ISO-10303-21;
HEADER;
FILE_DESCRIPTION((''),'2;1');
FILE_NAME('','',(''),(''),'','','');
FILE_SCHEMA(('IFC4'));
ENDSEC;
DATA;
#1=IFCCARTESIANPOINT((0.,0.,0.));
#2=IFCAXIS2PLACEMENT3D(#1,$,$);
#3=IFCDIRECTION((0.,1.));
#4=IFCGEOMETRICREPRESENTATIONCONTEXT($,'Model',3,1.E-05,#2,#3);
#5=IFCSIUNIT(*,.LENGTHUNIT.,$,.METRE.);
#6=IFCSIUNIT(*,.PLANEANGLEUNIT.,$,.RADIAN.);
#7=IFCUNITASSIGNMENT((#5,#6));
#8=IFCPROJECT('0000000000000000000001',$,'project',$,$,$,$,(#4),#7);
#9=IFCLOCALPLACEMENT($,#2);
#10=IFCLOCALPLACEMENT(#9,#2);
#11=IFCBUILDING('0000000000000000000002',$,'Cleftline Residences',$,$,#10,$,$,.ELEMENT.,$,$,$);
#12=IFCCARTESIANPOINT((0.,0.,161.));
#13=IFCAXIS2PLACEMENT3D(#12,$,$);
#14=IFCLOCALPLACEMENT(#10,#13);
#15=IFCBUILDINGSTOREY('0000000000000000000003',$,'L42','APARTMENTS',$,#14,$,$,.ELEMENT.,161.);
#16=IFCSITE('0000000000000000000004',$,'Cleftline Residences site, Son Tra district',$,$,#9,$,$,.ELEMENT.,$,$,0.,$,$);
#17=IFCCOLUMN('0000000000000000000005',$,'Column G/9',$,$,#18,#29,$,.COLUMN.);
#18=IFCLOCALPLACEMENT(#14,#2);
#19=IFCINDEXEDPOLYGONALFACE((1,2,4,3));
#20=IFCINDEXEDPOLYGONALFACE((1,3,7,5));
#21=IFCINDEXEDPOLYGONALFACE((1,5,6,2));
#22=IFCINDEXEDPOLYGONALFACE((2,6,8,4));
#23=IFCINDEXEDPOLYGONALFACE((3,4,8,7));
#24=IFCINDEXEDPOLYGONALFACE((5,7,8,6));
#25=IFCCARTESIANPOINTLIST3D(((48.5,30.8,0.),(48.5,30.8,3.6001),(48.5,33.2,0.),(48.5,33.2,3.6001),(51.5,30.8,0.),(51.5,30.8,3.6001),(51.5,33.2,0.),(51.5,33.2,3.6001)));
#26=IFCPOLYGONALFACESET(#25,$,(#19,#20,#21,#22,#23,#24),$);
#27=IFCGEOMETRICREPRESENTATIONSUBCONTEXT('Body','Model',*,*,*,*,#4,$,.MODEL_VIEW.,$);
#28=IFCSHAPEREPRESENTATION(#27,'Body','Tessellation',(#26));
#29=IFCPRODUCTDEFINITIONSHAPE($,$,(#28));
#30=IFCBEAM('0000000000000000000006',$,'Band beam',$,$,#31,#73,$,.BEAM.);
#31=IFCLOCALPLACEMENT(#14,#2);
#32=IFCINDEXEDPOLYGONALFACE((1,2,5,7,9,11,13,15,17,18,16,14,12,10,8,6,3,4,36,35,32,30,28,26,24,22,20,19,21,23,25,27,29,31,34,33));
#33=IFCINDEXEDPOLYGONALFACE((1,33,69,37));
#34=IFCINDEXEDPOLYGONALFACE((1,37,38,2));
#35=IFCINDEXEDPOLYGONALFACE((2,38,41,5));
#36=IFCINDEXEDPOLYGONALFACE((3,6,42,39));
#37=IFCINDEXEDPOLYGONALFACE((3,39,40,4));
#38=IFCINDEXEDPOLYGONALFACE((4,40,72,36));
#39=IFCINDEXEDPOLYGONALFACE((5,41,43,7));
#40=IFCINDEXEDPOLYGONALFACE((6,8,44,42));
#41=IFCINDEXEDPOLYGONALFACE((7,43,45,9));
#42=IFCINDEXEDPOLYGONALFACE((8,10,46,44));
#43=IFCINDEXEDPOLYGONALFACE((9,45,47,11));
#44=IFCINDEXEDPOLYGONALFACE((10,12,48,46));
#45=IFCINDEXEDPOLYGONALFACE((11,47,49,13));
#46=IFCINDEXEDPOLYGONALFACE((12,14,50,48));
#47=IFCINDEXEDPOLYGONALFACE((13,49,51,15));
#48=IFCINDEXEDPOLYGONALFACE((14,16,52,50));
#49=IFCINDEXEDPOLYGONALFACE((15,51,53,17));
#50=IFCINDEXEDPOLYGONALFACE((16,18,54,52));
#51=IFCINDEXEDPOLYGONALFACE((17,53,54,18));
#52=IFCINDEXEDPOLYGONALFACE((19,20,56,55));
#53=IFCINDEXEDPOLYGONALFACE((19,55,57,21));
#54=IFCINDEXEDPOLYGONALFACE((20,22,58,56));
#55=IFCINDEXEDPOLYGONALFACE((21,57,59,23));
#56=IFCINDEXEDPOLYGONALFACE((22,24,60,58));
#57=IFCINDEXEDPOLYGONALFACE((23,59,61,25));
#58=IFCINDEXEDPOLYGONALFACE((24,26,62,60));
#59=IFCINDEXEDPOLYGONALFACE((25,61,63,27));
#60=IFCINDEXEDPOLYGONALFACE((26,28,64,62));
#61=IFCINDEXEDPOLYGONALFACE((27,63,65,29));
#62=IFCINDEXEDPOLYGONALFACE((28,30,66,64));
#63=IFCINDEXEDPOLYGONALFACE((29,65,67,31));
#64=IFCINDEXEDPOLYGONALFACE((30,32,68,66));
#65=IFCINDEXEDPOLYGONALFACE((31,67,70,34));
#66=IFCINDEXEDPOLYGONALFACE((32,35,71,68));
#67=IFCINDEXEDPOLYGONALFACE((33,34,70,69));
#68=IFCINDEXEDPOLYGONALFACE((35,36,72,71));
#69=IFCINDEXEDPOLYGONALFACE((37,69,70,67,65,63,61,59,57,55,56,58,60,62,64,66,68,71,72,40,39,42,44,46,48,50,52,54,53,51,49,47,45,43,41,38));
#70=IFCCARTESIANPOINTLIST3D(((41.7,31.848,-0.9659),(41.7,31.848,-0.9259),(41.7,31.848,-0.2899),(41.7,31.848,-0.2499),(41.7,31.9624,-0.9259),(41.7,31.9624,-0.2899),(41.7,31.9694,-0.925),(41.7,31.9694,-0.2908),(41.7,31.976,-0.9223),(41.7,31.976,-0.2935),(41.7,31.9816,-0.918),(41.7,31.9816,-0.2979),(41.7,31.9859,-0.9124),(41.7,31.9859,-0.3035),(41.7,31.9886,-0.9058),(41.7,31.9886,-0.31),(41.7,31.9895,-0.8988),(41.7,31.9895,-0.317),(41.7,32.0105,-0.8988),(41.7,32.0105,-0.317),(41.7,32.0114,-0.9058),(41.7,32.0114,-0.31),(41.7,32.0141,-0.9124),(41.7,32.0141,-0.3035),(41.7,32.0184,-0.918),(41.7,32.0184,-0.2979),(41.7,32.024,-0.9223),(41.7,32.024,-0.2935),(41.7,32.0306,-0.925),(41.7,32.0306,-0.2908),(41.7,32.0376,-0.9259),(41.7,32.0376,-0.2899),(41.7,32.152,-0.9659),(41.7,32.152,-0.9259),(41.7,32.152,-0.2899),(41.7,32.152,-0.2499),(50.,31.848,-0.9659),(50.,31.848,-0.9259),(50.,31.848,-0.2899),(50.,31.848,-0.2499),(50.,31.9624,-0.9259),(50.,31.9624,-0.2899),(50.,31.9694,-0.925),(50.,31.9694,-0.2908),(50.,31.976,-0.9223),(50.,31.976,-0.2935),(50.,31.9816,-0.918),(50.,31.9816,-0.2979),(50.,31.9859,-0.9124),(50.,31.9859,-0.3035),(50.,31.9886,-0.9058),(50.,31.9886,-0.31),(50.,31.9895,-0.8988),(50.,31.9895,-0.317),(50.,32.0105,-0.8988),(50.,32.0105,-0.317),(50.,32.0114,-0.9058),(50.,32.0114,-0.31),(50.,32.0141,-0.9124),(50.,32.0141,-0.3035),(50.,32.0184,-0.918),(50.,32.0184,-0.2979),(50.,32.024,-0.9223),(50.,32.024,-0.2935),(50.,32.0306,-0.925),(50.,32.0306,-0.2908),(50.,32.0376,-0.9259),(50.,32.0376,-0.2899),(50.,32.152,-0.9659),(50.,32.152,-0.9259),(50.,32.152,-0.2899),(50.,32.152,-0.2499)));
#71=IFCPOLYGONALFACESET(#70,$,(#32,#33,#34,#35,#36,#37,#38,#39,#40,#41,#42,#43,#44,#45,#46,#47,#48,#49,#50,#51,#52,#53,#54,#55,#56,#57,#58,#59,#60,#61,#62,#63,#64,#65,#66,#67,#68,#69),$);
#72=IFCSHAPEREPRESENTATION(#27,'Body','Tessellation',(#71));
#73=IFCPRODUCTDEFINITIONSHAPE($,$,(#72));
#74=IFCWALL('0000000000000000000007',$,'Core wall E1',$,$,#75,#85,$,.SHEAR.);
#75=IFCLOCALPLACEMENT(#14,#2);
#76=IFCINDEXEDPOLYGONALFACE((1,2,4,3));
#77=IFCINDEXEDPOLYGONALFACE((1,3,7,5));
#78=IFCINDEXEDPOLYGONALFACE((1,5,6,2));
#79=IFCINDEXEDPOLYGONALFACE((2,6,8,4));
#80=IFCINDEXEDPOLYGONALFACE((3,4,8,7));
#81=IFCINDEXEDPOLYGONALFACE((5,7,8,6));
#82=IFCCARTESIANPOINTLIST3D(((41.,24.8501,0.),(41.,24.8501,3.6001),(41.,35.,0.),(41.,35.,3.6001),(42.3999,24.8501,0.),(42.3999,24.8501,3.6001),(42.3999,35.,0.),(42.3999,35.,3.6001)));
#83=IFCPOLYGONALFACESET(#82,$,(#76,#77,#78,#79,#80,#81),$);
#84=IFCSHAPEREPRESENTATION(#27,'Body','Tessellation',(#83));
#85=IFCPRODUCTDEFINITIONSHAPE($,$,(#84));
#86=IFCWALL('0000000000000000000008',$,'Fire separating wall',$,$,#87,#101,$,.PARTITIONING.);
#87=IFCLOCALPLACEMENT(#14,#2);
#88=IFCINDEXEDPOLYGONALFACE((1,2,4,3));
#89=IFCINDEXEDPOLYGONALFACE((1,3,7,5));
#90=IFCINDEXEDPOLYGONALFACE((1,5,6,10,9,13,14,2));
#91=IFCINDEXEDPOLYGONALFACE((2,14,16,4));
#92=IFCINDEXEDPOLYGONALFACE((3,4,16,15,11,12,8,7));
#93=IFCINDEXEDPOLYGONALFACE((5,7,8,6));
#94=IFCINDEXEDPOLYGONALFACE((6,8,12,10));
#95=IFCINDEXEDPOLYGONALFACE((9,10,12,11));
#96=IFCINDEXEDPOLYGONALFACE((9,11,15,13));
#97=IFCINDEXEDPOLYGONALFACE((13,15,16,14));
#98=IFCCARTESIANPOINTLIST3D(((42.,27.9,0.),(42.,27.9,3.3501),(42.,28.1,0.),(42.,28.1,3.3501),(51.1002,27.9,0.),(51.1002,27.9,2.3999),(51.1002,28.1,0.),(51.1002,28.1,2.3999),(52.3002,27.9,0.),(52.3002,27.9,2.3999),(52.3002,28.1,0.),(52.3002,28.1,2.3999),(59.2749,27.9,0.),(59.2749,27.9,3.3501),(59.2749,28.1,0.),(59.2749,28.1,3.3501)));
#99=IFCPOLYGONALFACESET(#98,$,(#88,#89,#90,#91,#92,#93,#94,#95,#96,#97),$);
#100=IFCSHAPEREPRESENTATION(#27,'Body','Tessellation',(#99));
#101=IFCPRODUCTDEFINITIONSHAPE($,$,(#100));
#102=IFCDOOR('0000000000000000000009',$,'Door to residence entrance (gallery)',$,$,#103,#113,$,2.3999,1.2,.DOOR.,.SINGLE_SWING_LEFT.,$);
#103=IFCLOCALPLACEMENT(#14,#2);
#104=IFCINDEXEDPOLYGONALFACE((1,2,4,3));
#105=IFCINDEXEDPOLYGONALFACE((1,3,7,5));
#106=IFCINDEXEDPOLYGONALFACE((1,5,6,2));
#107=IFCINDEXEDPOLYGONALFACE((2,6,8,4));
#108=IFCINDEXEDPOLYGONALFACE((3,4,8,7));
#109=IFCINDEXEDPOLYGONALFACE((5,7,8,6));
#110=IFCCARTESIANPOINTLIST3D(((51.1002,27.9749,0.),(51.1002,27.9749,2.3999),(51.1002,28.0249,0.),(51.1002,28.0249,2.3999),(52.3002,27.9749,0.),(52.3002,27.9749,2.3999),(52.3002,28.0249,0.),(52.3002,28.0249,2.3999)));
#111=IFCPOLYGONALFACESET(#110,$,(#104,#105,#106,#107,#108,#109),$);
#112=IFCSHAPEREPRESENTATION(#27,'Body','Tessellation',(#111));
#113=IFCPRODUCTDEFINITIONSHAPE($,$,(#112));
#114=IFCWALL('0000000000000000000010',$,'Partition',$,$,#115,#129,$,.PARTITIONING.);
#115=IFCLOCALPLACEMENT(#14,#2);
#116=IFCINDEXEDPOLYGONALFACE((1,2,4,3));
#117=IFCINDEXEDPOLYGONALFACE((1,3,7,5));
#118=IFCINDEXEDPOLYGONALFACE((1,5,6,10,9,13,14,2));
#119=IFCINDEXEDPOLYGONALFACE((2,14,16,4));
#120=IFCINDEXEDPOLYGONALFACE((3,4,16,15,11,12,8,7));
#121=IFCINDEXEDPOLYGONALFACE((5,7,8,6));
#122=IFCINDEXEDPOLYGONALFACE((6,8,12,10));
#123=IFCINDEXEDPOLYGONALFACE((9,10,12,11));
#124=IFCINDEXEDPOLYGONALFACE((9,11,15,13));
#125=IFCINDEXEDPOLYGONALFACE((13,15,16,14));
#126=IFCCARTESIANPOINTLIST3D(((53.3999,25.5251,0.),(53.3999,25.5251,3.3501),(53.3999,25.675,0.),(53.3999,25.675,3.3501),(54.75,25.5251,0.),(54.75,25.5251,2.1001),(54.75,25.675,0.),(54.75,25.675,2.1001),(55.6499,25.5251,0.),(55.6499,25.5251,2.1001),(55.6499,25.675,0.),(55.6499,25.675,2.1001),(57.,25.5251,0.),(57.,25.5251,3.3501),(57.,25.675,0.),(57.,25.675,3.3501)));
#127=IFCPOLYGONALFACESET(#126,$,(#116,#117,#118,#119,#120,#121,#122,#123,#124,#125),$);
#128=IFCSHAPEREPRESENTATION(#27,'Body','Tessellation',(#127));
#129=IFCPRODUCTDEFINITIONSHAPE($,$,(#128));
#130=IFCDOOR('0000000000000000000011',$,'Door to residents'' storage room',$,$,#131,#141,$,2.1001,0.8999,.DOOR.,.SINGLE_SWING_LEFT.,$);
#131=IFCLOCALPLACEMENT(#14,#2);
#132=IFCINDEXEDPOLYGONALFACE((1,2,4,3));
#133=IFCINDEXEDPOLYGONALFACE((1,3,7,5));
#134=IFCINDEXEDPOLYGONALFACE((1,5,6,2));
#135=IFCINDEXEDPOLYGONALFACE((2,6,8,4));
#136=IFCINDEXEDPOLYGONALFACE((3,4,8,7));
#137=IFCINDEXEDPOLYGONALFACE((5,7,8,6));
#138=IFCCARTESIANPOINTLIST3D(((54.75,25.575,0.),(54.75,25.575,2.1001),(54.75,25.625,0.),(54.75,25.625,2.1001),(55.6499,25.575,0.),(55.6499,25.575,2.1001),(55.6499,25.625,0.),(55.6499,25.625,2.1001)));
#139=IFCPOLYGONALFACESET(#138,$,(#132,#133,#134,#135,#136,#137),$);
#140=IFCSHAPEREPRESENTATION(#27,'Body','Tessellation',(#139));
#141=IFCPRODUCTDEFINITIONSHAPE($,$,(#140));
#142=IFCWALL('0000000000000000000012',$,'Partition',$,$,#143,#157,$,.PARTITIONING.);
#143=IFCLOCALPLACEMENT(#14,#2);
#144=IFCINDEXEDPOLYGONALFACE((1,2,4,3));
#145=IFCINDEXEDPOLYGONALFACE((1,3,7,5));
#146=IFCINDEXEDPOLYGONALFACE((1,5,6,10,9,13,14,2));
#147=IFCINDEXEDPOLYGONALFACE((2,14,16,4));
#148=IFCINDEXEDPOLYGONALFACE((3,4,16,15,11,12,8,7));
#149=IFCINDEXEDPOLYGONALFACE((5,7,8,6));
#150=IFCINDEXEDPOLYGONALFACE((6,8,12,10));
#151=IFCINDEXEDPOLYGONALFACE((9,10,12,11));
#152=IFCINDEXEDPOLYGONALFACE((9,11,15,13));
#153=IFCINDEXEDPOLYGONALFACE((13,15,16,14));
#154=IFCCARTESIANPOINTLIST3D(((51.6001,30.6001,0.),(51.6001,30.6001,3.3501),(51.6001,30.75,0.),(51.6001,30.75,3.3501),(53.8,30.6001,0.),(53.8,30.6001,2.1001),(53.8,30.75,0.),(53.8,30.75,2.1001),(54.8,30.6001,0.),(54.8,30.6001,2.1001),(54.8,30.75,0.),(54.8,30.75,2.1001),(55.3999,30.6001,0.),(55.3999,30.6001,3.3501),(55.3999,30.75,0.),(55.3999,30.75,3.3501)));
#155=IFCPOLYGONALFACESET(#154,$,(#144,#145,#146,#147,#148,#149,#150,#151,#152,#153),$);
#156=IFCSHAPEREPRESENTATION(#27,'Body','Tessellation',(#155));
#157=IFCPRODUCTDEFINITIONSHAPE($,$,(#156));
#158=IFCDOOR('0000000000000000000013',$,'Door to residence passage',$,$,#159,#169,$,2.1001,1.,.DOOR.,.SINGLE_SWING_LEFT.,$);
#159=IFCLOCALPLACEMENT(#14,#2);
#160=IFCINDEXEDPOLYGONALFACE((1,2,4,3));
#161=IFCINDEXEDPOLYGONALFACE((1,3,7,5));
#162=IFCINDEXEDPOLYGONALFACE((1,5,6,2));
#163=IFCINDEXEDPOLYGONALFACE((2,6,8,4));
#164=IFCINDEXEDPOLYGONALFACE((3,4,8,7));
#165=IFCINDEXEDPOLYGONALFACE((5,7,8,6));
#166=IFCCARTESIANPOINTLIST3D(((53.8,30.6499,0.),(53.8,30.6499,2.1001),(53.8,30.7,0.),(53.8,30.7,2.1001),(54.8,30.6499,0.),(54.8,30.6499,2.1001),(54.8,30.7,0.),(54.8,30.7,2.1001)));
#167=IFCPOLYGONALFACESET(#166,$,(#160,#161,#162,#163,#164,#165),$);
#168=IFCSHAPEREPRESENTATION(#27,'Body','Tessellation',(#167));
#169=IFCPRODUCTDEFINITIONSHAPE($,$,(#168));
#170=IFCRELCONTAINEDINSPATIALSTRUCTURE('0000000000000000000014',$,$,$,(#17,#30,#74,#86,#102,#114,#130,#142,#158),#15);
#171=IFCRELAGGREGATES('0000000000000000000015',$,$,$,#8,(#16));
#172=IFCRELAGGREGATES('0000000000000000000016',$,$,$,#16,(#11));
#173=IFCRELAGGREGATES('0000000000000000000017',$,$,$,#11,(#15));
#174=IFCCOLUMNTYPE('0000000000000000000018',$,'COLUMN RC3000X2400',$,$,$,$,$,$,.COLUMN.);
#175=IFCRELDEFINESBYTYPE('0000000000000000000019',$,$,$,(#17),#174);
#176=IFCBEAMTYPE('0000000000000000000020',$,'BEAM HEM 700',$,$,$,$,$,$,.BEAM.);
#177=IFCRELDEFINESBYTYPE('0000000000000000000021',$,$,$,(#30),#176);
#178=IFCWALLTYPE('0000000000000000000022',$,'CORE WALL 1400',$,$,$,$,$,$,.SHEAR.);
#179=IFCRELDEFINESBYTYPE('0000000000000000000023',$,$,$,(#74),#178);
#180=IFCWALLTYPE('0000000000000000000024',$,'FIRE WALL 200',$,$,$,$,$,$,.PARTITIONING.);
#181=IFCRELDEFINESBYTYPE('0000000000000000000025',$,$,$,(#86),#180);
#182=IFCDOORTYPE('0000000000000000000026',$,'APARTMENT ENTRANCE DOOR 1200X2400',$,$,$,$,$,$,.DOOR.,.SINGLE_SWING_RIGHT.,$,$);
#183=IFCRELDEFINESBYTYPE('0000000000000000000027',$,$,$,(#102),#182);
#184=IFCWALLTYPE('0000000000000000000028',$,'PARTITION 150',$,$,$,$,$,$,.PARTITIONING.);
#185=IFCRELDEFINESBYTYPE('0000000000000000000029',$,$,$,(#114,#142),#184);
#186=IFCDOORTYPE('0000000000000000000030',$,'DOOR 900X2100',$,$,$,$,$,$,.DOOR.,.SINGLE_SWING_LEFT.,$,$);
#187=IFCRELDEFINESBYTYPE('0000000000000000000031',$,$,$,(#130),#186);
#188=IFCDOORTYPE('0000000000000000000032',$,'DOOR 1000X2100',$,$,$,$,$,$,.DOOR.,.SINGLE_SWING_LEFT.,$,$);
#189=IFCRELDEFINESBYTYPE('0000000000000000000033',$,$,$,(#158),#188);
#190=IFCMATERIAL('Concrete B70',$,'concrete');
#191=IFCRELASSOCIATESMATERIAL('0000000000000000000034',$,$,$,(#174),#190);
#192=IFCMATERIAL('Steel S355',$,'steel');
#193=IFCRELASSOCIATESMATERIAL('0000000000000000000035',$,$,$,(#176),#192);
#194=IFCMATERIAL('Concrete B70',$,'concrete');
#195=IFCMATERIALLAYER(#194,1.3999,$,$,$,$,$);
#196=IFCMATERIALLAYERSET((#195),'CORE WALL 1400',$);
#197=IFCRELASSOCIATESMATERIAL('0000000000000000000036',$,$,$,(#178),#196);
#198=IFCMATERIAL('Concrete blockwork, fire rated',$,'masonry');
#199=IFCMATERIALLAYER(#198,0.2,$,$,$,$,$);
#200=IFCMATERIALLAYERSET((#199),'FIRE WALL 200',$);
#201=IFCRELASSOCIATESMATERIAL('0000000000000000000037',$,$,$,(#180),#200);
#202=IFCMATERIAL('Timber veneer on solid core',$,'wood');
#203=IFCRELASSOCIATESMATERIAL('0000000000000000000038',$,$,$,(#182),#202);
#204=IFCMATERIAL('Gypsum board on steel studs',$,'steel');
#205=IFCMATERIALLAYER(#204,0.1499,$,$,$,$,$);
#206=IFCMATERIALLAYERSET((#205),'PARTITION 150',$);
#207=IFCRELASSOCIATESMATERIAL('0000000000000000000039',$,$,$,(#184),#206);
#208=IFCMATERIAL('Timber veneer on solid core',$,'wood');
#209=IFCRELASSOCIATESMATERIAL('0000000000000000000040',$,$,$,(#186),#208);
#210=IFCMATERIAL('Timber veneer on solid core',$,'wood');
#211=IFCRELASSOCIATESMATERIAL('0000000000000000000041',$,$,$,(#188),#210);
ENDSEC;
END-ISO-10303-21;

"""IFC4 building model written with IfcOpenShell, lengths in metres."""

from ifc_helpers import new_model, si_unit, direction, frame, frame_2d, origin, origin_2d, place, context, subcontext, project, spatial, rectangle, i_section, extrude, material, layer, layer_set, material_profile, profile_set, type_object, element, fill, save


model = new_model("IFC4")

# Units and contexts
model_context = context("Model", 3, precision=1e-05, world=origin(), true_north=direction((0.0, 1.0)))
body_context = subcontext(model_context, "Body", "Model", "MODEL_VIEW")
ifc_project = project(units=[si_unit("LENGTHUNIT", "METRE"), si_unit("PLANEANGLEUNIT", "RADIAN")], contexts=[model_context])

# Site, building, storey
site_placement = place(None, origin())
site = spatial("IfcSite", under=ifc_project, at=site_placement, Name="Cleftline Residences site, Son Tra district", CompositionType="ELEMENT", RefElevation=0.0)
building_placement = place(site_placement, origin())
building = spatial("IfcBuilding", under=site, at=building_placement, Name="Cleftline Residences", CompositionType="ELEMENT")
storey_placement = place(building_placement, frame((0.0, 0.0, 161.0)))
storey = spatial("IfcBuildingStorey", under=building, at=storey_placement, Name="L42", Description="APARTMENTS", CompositionType="ELEMENT", Elevation=161.0)

# Column
ifc_material_1 = material(Name="Concrete B70", Category="concrete")
ifc_material_profile_1 = material_profile(ifc_material_1, rectangle(XDim=3.0, YDim=2.3999, at=origin_2d()))
ifc_profile_set_1 = profile_set([ifc_material_profile_1], Name="Concrete B70")
column_type = type_object("IfcColumnType", Name="COLUMN RC3000X2400", PredefinedType="COLUMN", material=ifc_profile_set_1)
column_placement = place(storey_placement, frame((50.0, 32.0, 0.0), z_axis=(0.0, 0.0, 1.0), x_axis=(1.0, 0.0, 0.0)))
element("IfcColumn", 1, at=column_placement, inside=storey, type_object=column_type, Name="Column G/9", PredefinedType="COLUMN", context=body_context, shape_type="SweptSolid", body=[
    extrude(rectangle(XDim=3.0, YDim=2.3999, at=origin_2d()), origin(), (0.0, 0.0, 1.0), 3.6001),
])

# Beam
ifc_material_2 = material(Name="Steel S355", Category="steel")
ifc_material_profile_2 = material_profile(ifc_material_2, i_section(OverallWidth=0.304, OverallDepth=0.7161, WebThickness=0.021, FlangeThickness=0.04, FilletRadius=0.0271, at=origin_2d()))
ifc_profile_set_2 = profile_set([ifc_material_profile_2], Name="Steel S355")
beam_type = type_object("IfcBeamType", Name="BEAM HEM 700", PredefinedType="BEAM", material=ifc_profile_set_2)
beam_placement = place(storey_placement, frame((50.0, 32.0, -0.6079), z_axis=(-1.0, 0.0, 0.0), x_axis=(0.0, -1.0, 0.0)))
element("IfcBeam", 2, at=beam_placement, inside=storey, type_object=beam_type, Name="Band beam", PredefinedType="BEAM", context=body_context, shape_type="SweptSolid", body=[
    extrude(i_section(OverallWidth=0.304, OverallDepth=0.7161, WebThickness=0.021, FlangeThickness=0.04, FilletRadius=0.0271, at=origin_2d()), origin(), (0.0, 0.0, 1.0), 8.3),
])

# Wall
ifc_material_3 = material(Name="Concrete B70", Category="concrete")
ifc_layer_1 = layer(ifc_material_3, 1.3999)
ifc_layer_set_1 = layer_set([ifc_layer_1], Name="CORE WALL 1400")
wall_type_1 = type_object("IfcWallType", Name="CORE WALL 1400", PredefinedType="SHEAR", material=ifc_layer_set_1)
wall_1_placement = place(storey_placement, frame((41.7, 24.8501, 0.0), z_axis=(0.0, 0.0, 1.0), x_axis=(0.0, 1.0, 0.0)))
element("IfcWall", 3, at=wall_1_placement, inside=storey, type_object=wall_type_1, Name="Core wall E1", PredefinedType="SHEAR", context=body_context, shape_type="SweptSolid", body=[
    extrude(rectangle(XDim=10.1499, YDim=1.3999, at=frame_2d((5.075, 0.0))), origin(), (0.0, 0.0, 1.0), 3.6001),
])

# Walls, openings, doors
ifc_material_4 = material(Name="Concrete blockwork, fire rated", Category="masonry")
ifc_layer_2 = layer(ifc_material_4, 0.2)
ifc_layer_set_2 = layer_set([ifc_layer_2], Name="FIRE WALL 200")
wall_type_2 = type_object("IfcWallType", Name="FIRE WALL 200", PredefinedType="PARTITIONING", material=ifc_layer_set_2)
wall_2_placement = place(storey_placement, frame((42.0, 28.0, 0.0), z_axis=(0.0, 0.0, 1.0), x_axis=(1.0, 0.0, 0.0)))
wall_2 = element("IfcWall", 4, at=wall_2_placement, inside=storey, type_object=wall_type_2, Name="Fire separating wall", PredefinedType="PARTITIONING", context=body_context, shape_type="SweptSolid", body=[
    extrude(rectangle(XDim=17.2749, YDim=0.2, at=frame_2d((8.6375, 0.0))), origin(), (0.0, 0.0, 1.0), 3.3501),
])
opening_1_placement = place(wall_2_placement, frame((9.1001, 0.0, 0.0)))
opening_1 = element("IfcOpeningElement", 5, at=opening_1_placement, cuts=wall_2, PredefinedType="OPENING", context=body_context, shape_type="SweptSolid", body=[
    extrude(rectangle(XDim=1.2, YDim=2.3999, at=frame_2d((0.6001, 1.2))), frame((0.0, 0.1099, 0.0), z_axis=(0.0, -1.0, 0.0), x_axis=(1.0, 0.0, 0.0)), (0.0, 0.0, 1.0), 0.22),
])
ifc_material_5 = material(Name="Timber veneer on solid core", Category="wood")
door_type_1 = type_object("IfcDoorType", Name="APARTMENT ENTRANCE DOOR 1200X2400", OperationType="SINGLE_SWING_RIGHT", PredefinedType="DOOR", material=ifc_material_5)
door_1_placement = place(opening_1_placement, origin())
door_1 = element("IfcDoor", 6, at=door_1_placement, inside=storey, type_object=door_type_1, Name="Door to residence entrance (gallery)", OperationType="SINGLE_SWING_LEFT", OverallHeight=2.3999, OverallWidth=1.2, PredefinedType="DOOR", context=body_context, shape_type="SweptSolid", body=[
    extrude(rectangle(XDim=1.2, YDim=2.3999, at=frame_2d((0.6001, 1.2))), frame((0.0, 0.0249, 0.0), z_axis=(0.0, -1.0, 0.0), x_axis=(1.0, 0.0, 0.0)), (0.0, 0.0, 1.0), 0.05),
])
fill(opening_1, door_1)
ifc_material_6 = material(Name="Gypsum board on steel studs", Category="steel")
ifc_layer_3 = layer(ifc_material_6, 0.1499)
ifc_layer_set_3 = layer_set([ifc_layer_3], Name="PARTITION 150")
wall_type_3 = type_object("IfcWallType", Name="PARTITION 150", PredefinedType="PARTITIONING", material=ifc_layer_set_3)
wall_3_placement = place(storey_placement, frame((53.3999, 25.6001, 0.0), z_axis=(0.0, 0.0, 1.0), x_axis=(1.0, 0.0, 0.0)))
wall_3 = element("IfcWall", 7, at=wall_3_placement, inside=storey, type_object=wall_type_3, Name="Partition", PredefinedType="PARTITIONING", context=body_context, shape_type="SweptSolid", body=[
    extrude(rectangle(XDim=3.6001, YDim=0.1499, at=frame_2d((1.8, 0.0))), origin(), (0.0, 0.0, 1.0), 3.3501),
])
opening_2_placement = place(wall_3_placement, frame((1.3501, 0.0, 0.0)))
opening_2 = element("IfcOpeningElement", 8, at=opening_2_placement, cuts=wall_3, PredefinedType="OPENING", context=body_context, shape_type="SweptSolid", body=[
    extrude(rectangle(XDim=0.8999, YDim=2.1001, at=frame_2d((0.45, 1.05))), frame((0.0, 0.085, 0.0), z_axis=(0.0, -1.0, 0.0), x_axis=(1.0, 0.0, 0.0)), (0.0, 0.0, 1.0), 0.1699),
])
ifc_material_7 = material(Name="Timber veneer on solid core", Category="wood")
door_type_2 = type_object("IfcDoorType", Name="DOOR 900X2100", OperationType="SINGLE_SWING_LEFT", PredefinedType="DOOR", material=ifc_material_7)
door_2_placement = place(opening_2_placement, origin())
door_2 = element("IfcDoor", 9, at=door_2_placement, inside=storey, type_object=door_type_2, Name="Door to residents' storage room", OperationType="SINGLE_SWING_LEFT", OverallHeight=2.1001, OverallWidth=0.8999, PredefinedType="DOOR", context=body_context, shape_type="SweptSolid", body=[
    extrude(rectangle(XDim=0.8999, YDim=2.1001, at=frame_2d((0.45, 1.05))), frame((0.0, 0.0249, 0.0), z_axis=(0.0, -1.0, 0.0), x_axis=(1.0, 0.0, 0.0)), (0.0, 0.0, 1.0), 0.05),
])
fill(opening_2, door_2)
wall_4_placement = place(storey_placement, frame((51.6001, 30.675, 0.0), z_axis=(0.0, 0.0, 1.0), x_axis=(1.0, 0.0, 0.0)))
wall_4 = element("IfcWall", 10, at=wall_4_placement, inside=storey, type_object=wall_type_3, Name="Partition", PredefinedType="PARTITIONING", context=body_context, shape_type="SweptSolid", body=[
    extrude(rectangle(XDim=3.7998, YDim=0.1499, at=frame_2d((1.8999, 0.0))), origin(), (0.0, 0.0, 1.0), 3.3501),
])
opening_3_placement = place(wall_4_placement, frame((2.2, 0.0, 0.0)))
opening_3 = element("IfcOpeningElement", 11, at=opening_3_placement, cuts=wall_4, PredefinedType="OPENING", context=body_context, shape_type="SweptSolid", body=[
    extrude(rectangle(XDim=1.0, YDim=2.1001, at=frame_2d((0.5, 1.05))), frame((0.0, 0.085, 0.0), z_axis=(0.0, -1.0, 0.0), x_axis=(1.0, 0.0, 0.0)), (0.0, 0.0, 1.0), 0.1699),
])
ifc_material_8 = material(Name="Timber veneer on solid core", Category="wood")
door_type_3 = type_object("IfcDoorType", Name="DOOR 1000X2100", OperationType="SINGLE_SWING_LEFT", PredefinedType="DOOR", material=ifc_material_8)
door_3_placement = place(opening_3_placement, origin())
door_3 = element("IfcDoor", 12, at=door_3_placement, inside=storey, type_object=door_type_3, Name="Door to residence passage", OperationType="SINGLE_SWING_LEFT", OverallHeight=2.1001, OverallWidth=1.0, PredefinedType="DOOR", context=body_context, shape_type="SweptSolid", body=[
    extrude(rectangle(XDim=1.0, YDim=2.1001, at=frame_2d((0.5, 1.05))), frame((0.0, 0.0249, 0.0), z_axis=(0.0, -1.0, 0.0), x_axis=(1.0, 0.0, 0.0)), (0.0, 0.0, 1.0), 0.05),
])
fill(opening_3, door_3)

save(model, "model.ifc")
